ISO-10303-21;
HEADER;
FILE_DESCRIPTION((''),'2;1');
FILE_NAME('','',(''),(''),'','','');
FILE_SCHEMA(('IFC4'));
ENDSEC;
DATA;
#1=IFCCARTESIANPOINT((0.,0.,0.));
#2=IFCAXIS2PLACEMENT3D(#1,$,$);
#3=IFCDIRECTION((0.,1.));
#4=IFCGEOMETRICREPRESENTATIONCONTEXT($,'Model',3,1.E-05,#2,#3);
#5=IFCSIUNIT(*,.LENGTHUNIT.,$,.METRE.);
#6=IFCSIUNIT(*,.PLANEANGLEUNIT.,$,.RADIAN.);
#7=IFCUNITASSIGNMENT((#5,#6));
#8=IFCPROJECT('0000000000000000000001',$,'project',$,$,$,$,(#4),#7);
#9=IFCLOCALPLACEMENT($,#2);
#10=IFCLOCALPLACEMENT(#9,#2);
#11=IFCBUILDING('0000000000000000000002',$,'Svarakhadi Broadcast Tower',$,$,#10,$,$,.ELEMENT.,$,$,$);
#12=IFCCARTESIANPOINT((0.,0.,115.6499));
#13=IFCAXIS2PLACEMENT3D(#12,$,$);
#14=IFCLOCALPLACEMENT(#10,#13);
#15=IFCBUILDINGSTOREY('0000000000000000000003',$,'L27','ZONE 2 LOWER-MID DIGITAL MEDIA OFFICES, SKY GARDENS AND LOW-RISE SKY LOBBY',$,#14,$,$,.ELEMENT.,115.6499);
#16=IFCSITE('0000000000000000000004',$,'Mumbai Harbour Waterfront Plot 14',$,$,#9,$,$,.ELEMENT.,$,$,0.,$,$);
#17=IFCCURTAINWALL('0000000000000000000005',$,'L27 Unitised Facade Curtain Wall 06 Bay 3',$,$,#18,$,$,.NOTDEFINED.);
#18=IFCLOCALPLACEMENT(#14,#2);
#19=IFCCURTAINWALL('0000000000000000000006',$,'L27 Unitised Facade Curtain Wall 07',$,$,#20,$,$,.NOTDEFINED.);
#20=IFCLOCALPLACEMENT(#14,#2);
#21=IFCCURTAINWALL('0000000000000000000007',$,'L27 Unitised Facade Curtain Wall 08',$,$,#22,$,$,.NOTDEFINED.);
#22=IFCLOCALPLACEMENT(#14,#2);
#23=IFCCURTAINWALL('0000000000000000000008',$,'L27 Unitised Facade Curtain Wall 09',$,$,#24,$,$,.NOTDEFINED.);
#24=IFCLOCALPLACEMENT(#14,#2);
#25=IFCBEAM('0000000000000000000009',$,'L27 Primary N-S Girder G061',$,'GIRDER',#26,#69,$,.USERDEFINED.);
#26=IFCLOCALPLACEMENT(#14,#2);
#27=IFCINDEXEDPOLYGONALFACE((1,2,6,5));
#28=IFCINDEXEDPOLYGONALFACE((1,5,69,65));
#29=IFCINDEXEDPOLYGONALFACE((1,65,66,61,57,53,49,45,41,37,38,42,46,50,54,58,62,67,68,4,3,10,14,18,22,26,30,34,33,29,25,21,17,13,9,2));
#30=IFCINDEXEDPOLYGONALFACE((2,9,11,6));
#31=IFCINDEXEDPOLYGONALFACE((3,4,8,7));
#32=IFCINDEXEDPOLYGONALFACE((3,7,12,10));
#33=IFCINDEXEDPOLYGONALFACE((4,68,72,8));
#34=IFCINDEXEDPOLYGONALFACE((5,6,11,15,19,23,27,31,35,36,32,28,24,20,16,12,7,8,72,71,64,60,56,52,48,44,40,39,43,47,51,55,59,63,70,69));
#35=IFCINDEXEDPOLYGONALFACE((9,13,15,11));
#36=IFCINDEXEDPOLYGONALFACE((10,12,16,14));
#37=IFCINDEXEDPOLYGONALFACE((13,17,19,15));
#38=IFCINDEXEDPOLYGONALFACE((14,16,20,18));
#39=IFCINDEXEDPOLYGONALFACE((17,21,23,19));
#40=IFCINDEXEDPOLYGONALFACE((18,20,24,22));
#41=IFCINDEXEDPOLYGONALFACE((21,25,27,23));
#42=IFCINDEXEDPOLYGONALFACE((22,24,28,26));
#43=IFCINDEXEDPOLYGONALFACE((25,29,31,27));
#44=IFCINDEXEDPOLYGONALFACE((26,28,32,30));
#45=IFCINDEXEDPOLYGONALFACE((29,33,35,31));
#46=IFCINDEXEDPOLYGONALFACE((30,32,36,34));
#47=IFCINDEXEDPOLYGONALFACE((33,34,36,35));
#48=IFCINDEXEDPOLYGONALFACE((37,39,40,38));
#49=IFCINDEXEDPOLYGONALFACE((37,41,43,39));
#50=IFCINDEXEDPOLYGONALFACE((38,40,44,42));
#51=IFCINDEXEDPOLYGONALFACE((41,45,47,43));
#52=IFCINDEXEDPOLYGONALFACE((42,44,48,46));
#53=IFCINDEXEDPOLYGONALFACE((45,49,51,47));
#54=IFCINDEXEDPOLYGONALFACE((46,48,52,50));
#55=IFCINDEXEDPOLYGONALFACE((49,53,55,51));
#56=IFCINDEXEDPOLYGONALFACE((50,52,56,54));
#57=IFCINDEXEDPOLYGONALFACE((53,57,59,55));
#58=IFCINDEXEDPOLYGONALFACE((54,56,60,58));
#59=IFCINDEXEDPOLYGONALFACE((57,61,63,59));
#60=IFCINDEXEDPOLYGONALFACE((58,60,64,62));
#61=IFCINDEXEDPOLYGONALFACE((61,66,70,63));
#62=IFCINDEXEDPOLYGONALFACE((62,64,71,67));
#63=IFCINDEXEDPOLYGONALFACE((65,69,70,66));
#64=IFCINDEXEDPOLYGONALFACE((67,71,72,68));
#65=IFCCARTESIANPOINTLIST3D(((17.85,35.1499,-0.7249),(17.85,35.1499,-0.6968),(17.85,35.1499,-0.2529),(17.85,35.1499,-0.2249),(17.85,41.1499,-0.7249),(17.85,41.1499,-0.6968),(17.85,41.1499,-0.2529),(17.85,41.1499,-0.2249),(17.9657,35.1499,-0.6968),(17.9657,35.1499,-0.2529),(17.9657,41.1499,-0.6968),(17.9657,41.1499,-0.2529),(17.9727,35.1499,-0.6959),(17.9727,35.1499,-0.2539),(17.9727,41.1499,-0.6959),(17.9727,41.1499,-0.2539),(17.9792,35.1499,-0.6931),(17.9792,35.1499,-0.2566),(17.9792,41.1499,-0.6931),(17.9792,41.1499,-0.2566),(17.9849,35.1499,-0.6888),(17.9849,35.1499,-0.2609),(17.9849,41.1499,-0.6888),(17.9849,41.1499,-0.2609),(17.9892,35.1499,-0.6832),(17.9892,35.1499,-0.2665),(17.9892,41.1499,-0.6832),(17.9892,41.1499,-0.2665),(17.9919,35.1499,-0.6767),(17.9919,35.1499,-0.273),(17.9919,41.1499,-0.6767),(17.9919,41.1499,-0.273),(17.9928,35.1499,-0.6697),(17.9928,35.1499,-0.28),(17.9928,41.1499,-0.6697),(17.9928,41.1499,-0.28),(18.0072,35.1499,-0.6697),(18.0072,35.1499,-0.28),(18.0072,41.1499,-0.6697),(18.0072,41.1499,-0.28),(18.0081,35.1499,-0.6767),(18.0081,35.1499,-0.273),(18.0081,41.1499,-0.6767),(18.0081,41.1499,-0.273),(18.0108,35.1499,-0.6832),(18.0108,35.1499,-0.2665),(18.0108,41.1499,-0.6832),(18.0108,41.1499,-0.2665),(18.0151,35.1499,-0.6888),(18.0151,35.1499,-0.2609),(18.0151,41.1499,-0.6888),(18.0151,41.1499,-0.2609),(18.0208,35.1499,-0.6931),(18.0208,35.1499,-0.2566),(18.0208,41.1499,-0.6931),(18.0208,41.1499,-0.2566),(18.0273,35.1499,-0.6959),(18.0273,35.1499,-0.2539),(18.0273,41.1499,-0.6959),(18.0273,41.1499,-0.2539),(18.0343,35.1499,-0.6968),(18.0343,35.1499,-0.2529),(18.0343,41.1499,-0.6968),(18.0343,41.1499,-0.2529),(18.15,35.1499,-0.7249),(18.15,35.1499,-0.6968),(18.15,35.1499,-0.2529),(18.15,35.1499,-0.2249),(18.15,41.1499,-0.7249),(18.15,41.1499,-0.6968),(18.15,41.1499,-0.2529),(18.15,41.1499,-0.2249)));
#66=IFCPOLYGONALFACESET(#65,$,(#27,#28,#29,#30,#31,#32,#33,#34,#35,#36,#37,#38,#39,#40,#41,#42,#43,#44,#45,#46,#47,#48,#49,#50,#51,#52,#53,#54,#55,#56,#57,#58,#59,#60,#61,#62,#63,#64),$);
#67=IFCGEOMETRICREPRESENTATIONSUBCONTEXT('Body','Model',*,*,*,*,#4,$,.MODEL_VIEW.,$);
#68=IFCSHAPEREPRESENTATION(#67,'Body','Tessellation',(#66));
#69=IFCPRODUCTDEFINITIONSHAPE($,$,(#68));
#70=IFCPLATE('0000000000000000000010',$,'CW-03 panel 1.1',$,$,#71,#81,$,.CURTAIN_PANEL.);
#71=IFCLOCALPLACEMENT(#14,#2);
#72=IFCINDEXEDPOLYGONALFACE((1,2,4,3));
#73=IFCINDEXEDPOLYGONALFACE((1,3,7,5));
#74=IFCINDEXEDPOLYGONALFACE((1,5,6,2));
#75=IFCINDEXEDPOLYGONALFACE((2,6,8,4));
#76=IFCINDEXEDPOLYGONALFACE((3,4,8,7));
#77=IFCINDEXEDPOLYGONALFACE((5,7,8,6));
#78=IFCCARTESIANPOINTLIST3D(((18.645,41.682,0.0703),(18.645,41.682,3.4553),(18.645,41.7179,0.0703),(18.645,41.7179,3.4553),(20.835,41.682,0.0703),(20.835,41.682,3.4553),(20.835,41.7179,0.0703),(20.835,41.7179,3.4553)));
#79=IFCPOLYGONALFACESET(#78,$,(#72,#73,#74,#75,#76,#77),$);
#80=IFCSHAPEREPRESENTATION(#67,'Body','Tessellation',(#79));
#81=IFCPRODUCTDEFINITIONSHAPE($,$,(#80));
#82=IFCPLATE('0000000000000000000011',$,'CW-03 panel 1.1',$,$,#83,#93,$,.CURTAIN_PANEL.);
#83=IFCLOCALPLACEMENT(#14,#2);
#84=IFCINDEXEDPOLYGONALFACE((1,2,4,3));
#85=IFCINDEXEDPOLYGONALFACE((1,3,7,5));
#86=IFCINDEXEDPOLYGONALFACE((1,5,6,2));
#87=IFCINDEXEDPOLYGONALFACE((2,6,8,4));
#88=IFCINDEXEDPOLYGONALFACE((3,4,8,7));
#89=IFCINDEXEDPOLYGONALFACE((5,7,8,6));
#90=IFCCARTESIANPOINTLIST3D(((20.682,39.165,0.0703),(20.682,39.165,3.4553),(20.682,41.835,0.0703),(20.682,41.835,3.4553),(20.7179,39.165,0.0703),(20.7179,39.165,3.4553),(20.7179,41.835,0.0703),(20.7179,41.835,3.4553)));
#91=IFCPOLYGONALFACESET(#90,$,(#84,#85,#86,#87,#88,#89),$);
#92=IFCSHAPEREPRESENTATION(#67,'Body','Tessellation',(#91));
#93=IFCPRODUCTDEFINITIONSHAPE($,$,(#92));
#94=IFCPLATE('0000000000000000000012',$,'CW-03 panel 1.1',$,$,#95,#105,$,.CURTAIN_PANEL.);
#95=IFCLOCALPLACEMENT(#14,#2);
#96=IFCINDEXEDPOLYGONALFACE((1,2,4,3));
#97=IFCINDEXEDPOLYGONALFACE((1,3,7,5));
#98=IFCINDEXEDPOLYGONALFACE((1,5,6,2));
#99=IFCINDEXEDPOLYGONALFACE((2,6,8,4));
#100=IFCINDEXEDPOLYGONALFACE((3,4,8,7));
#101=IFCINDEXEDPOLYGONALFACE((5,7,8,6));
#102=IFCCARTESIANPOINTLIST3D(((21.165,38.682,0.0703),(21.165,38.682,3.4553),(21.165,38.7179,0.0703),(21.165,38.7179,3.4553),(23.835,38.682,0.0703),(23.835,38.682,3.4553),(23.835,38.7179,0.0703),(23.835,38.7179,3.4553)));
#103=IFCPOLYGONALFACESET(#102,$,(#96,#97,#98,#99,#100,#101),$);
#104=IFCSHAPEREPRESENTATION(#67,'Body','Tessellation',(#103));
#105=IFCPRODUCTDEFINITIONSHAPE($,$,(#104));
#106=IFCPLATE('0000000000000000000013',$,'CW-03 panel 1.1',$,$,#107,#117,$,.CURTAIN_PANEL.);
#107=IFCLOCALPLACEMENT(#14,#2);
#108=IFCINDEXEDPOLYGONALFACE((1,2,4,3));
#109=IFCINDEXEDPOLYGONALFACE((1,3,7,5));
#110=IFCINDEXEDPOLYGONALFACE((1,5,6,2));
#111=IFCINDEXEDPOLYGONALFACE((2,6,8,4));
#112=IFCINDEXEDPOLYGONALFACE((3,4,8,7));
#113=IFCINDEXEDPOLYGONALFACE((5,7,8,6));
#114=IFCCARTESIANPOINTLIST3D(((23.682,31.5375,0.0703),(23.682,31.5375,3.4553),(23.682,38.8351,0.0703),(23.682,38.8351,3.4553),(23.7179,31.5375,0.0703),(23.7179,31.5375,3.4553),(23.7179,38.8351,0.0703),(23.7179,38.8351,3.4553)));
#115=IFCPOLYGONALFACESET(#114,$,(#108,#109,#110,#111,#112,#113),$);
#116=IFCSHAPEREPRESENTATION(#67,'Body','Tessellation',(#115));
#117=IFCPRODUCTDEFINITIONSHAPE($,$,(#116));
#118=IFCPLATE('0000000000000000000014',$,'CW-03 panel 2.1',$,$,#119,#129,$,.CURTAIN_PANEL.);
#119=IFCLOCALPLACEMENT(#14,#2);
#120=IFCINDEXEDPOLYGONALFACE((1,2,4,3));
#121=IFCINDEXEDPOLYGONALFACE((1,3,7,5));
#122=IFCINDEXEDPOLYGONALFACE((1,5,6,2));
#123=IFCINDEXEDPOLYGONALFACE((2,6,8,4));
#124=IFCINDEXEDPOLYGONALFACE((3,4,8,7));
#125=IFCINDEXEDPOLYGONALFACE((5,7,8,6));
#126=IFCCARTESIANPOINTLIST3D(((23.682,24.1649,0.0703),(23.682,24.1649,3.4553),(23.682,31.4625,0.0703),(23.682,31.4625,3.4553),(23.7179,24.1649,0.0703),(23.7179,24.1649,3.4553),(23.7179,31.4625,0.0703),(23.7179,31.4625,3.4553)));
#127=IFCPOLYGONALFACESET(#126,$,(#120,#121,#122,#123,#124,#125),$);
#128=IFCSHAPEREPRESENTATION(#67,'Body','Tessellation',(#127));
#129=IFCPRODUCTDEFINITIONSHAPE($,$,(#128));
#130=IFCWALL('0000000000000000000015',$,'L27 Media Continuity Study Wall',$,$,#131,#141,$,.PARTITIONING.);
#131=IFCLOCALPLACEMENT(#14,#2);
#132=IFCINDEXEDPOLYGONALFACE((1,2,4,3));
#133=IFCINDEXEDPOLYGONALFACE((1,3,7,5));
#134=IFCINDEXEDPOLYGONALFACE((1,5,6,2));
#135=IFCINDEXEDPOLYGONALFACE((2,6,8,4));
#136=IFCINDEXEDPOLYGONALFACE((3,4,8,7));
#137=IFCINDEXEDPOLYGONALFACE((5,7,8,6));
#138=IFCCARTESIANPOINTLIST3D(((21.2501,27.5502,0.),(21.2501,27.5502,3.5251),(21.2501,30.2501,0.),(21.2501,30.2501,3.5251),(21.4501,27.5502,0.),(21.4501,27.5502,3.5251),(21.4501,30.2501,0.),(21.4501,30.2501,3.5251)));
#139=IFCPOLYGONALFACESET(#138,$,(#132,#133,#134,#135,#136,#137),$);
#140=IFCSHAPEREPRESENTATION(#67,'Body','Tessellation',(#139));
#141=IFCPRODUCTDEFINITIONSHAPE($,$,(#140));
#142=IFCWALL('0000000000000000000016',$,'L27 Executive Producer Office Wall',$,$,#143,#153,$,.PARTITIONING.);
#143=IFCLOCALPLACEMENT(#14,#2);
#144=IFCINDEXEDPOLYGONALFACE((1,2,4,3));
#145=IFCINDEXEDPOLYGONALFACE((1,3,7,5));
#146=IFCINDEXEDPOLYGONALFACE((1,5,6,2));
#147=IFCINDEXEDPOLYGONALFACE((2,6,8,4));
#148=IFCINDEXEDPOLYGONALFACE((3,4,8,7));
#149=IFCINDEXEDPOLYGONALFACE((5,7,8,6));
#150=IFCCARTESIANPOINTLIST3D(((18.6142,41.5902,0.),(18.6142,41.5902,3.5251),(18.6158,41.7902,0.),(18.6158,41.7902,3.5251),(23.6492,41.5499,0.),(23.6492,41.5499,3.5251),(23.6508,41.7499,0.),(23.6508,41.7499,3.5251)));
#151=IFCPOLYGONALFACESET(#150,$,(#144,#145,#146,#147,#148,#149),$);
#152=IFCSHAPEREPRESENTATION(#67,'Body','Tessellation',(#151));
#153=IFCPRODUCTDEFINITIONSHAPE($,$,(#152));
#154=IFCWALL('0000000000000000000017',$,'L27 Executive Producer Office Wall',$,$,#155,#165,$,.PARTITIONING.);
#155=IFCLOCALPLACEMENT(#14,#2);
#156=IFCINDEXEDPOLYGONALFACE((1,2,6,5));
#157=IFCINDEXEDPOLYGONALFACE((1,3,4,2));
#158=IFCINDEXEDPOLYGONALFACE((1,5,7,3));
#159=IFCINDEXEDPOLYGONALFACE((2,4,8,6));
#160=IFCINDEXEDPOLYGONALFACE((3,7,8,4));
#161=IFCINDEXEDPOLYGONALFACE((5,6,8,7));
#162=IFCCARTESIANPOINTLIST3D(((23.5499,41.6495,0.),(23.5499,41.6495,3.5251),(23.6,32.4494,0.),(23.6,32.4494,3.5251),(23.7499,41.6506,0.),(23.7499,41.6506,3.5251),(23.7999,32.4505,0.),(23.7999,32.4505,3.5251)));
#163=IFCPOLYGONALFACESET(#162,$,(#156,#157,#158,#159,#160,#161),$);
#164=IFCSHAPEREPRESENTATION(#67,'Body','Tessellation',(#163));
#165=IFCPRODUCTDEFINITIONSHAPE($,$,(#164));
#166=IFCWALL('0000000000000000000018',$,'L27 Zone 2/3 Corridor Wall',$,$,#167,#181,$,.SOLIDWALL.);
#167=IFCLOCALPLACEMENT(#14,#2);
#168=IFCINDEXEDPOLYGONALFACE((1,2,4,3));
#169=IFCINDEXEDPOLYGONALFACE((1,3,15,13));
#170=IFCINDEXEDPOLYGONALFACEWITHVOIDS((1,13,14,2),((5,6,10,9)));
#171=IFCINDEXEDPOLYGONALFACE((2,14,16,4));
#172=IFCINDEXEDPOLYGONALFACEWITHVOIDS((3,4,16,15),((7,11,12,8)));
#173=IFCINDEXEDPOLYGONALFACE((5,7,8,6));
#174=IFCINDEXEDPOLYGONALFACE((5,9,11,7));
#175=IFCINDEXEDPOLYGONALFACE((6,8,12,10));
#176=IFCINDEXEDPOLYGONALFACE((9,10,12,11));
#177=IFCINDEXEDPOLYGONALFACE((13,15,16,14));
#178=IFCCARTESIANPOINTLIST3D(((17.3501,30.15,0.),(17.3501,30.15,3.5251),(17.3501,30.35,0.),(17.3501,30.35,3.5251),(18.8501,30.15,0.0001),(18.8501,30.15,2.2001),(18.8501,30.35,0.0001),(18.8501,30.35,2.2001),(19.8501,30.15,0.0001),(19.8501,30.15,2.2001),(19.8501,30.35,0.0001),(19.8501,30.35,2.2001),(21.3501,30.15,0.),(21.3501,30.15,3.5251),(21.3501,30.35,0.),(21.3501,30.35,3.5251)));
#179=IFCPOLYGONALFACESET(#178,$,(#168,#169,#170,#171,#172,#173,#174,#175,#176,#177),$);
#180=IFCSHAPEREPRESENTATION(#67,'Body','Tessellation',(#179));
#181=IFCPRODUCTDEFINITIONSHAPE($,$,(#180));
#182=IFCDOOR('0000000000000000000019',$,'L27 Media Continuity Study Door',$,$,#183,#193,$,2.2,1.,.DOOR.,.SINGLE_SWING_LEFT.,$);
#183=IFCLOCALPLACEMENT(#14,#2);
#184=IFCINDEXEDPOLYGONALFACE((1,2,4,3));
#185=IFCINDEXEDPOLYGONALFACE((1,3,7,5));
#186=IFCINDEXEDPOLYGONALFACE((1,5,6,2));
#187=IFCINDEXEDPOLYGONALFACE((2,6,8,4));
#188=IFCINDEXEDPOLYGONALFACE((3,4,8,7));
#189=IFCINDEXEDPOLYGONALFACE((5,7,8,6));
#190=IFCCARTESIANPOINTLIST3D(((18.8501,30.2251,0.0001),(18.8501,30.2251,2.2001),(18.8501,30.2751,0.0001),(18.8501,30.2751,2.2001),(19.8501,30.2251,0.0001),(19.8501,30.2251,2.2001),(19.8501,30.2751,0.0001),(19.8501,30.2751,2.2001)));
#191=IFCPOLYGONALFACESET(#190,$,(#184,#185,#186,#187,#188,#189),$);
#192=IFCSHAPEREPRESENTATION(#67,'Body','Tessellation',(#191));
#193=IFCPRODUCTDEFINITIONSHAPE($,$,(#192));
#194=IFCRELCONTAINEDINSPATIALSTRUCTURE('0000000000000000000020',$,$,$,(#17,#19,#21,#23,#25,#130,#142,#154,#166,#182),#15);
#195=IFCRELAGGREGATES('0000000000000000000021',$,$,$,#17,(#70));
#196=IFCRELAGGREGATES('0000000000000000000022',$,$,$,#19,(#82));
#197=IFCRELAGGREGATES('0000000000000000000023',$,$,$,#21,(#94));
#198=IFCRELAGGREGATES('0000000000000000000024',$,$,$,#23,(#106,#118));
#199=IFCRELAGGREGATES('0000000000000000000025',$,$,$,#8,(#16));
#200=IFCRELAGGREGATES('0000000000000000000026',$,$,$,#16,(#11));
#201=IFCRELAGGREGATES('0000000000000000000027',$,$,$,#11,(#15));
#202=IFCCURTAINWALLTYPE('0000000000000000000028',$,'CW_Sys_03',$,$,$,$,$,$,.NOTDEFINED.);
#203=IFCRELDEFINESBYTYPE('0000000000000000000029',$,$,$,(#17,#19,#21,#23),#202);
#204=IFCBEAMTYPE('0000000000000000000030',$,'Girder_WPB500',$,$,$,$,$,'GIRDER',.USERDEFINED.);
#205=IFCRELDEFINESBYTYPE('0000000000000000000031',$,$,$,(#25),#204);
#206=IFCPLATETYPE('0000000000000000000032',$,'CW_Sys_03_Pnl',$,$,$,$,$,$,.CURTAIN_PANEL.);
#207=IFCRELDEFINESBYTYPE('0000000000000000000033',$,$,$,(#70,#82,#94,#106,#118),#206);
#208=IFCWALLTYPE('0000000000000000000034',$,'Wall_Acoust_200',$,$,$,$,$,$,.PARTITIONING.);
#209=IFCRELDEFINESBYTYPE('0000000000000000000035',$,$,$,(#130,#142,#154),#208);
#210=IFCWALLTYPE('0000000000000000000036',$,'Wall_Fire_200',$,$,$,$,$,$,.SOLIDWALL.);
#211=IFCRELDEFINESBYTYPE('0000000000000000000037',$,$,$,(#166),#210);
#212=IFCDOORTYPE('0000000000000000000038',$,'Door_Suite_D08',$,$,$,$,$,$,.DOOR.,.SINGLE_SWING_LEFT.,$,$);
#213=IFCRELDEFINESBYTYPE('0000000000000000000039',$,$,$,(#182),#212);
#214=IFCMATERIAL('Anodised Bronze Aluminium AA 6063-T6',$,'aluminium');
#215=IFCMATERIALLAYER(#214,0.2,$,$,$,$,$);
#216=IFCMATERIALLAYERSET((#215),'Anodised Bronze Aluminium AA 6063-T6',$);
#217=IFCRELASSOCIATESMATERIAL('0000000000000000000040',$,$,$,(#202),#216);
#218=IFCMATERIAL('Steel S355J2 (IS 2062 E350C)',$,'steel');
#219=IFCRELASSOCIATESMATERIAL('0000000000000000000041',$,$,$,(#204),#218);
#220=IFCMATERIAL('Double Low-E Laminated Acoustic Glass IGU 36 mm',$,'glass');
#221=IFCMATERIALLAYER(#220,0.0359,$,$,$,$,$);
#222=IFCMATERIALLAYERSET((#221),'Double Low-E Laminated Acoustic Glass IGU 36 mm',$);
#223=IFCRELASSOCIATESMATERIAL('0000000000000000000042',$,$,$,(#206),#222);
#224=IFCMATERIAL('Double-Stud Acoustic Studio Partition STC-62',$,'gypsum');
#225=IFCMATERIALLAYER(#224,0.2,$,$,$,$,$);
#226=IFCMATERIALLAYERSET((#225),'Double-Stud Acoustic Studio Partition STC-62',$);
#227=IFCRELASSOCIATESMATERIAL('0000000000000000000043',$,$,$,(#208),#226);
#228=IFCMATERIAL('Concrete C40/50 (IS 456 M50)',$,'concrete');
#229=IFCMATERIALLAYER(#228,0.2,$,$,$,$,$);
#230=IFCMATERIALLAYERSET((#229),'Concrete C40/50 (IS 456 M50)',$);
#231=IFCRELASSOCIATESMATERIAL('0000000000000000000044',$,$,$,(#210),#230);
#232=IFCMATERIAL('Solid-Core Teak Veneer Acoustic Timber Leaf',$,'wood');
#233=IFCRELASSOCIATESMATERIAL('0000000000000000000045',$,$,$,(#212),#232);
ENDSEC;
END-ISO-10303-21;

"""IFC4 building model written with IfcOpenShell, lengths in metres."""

from ifc_helpers import new_model, si_unit, direction, frame, frame_2d, origin, origin_2d, place, context, subcontext, project, spatial, rectangle, i_section, extrude, material, layer, layer_set, material_profile, profile_set, type_object, element, fill, aggregate, save


model = new_model("IFC4")

# Units and contexts
model_context = context("Model", 3, precision=1e-05, world=origin(), true_north=direction((0.0, 1.0)))
body_context = subcontext(model_context, "Body", "Model", "MODEL_VIEW")
ifc_project = project(units=[si_unit("LENGTHUNIT", "METRE"), si_unit("PLANEANGLEUNIT", "RADIAN")], contexts=[model_context])

# Site, building, storey
site_placement = place(None, origin())
site = spatial("IfcSite", under=ifc_project, at=site_placement, Name="Mumbai Harbour Waterfront Plot 14", CompositionType="ELEMENT", RefElevation=0.0)
building_placement = place(site_placement, origin())
building = spatial("IfcBuilding", under=site, at=building_placement, Name="Svarakhadi Broadcast Tower", CompositionType="ELEMENT")
storey_placement = place(building_placement, frame((0.0, 0.0, 115.6499)))
storey = spatial("IfcBuildingStorey", under=building, at=storey_placement, Name="L27", Description="ZONE 2 LOWER-MID DIGITAL MEDIA OFFICES, SKY GARDENS AND LOW-RISE SKY LOBBY", CompositionType="ELEMENT", Elevation=115.6499)

# Curtain walls
ifc_material_1 = material(Name="Anodised Bronze Aluminium AA 6063-T6", Category="aluminium")
ifc_layer_1 = layer(ifc_material_1, 0.2)
ifc_layer_set_1 = layer_set([ifc_layer_1], Name="Anodised Bronze Aluminium AA 6063-T6")
curtain_wall_type = type_object("IfcCurtainWallType", Name="CW_Sys_03", PredefinedType="NOTDEFINED", material=ifc_layer_set_1)
curtain_wall_1_placement = place(storey_placement, origin())
curtain_wall_1 = element("IfcCurtainWall", 1, at=curtain_wall_1_placement, inside=storey, type_object=curtain_wall_type, Name="L27 Unitised Facade Curtain Wall 06 Bay 3", PredefinedType="NOTDEFINED")
curtain_wall_2_placement = place(storey_placement, origin())
curtain_wall_2 = element("IfcCurtainWall", 2, at=curtain_wall_2_placement, inside=storey, type_object=curtain_wall_type, Name="L27 Unitised Facade Curtain Wall 07", PredefinedType="NOTDEFINED")
curtain_wall_3_placement = place(storey_placement, origin())
curtain_wall_3 = element("IfcCurtainWall", 3, at=curtain_wall_3_placement, inside=storey, type_object=curtain_wall_type, Name="L27 Unitised Facade Curtain Wall 08", PredefinedType="NOTDEFINED")
curtain_wall_4_placement = place(storey_placement, origin())
curtain_wall_4 = element("IfcCurtainWall", 4, at=curtain_wall_4_placement, inside=storey, type_object=curtain_wall_type, Name="L27 Unitised Facade Curtain Wall 09", PredefinedType="NOTDEFINED")

# Beam
ifc_material_2 = material(Name="Steel S355J2 (IS 2062 E350C)", Category="steel")
ifc_material_profile_1 = material_profile(ifc_material_2, i_section(OverallWidth=0.3, OverallDepth=0.5, WebThickness=0.0144, FlangeThickness=0.0281, FilletRadius=0.0271, at=origin_2d()), Name="WPB 500x300x187")
ifc_profile_set_1 = profile_set([ifc_material_profile_1], Name="Steel S355J2 (IS 2062 E350C)")
beam_type = type_object("IfcBeamType", Name="Girder_WPB500", ElementType="GIRDER", PredefinedType="USERDEFINED", material=ifc_profile_set_1)
for number, where, z_axis, x_axis, name in (
    (5, (18.0, 35.1499, -0.4749), (0.0, 1.0, 0.0), (-1.0, 0.0, 0.0), "L27 Primary N-S Girder G061"),
):
    element("IfcBeam", number, at=place(storey_placement, frame(where, z_axis=z_axis, x_axis=x_axis)), inside=storey, type_object=beam_type, Name=name, ObjectType="GIRDER", PredefinedType="USERDEFINED", context=body_context, shape_type="SweptSolid", body=[
        extrude(i_section(OverallWidth=0.3, OverallDepth=0.5, WebThickness=0.0144, FlangeThickness=0.0281, FilletRadius=0.0271, at=origin_2d()), origin(), (0.0, 0.0, 1.0), 6.0),
    ])

# Plates
ifc_material_3 = material(Name="Double Low-E Laminated Acoustic Glass IGU 36 mm", Category="glass")
ifc_layer_2 = layer(ifc_material_3, 0.0359)
ifc_layer_set_2 = layer_set([ifc_layer_2], Name="Double Low-E Laminated Acoustic Glass IGU 36 mm")
plate_type = type_object("IfcPlateType", Name="CW_Sys_03_Pnl", PredefinedType="CURTAIN_PANEL", material=ifc_layer_set_2)
plate_1_placement = place(storey_placement, frame((19.74, 41.7, 0.0703), z_axis=(0.0, 0.0, 1.0), x_axis=(1.0, 0.0, 0.0)))
plate_1 = element("IfcPlate", 6, at=plate_1_placement, type_object=plate_type, Name="CW-03 panel 1.1", PredefinedType="CURTAIN_PANEL", context=body_context, shape_type="SweptSolid", body=[
    extrude(rectangle(XDim=2.1899, YDim=0.0359, at=origin_2d()), origin(), (0.0, 0.0, 1.0), 3.385),
])
aggregate(curtain_wall_1, [plate_1])
plate_2_placement = place(storey_placement, frame((20.7, 40.5, 0.0703), z_axis=(0.0, 0.0, 1.0), x_axis=(0.0, -1.0, 0.0)))
plate_2 = element("IfcPlate", 7, at=plate_2_placement, type_object=plate_type, Name="CW-03 panel 1.1", PredefinedType="CURTAIN_PANEL", context=body_context, shape_type="SweptSolid", body=[
    extrude(rectangle(XDim=2.6699, YDim=0.0359, at=origin_2d()), origin(), (0.0, 0.0, 1.0), 3.385),
])
aggregate(curtain_wall_2, [plate_2])
plate_3_placement = place(storey_placement, frame((22.5, 38.7, 0.0703), z_axis=(0.0, 0.0, 1.0), x_axis=(1.0, 0.0, 0.0)))
plate_3 = element("IfcPlate", 8, at=plate_3_placement, type_object=plate_type, Name="CW-03 panel 1.1", PredefinedType="CURTAIN_PANEL", context=body_context, shape_type="SweptSolid", body=[
    extrude(rectangle(XDim=2.6699, YDim=0.0359, at=origin_2d()), origin(), (0.0, 0.0, 1.0), 3.385),
])
aggregate(curtain_wall_3, [plate_3])
plate_4_placement = place(storey_placement, frame((23.7, 35.1863, 0.0703), z_axis=(0.0, 0.0, 1.0), x_axis=(0.0, -1.0, 0.0)))
plate_4 = element("IfcPlate", 9, at=plate_4_placement, type_object=plate_type, Name="CW-03 panel 1.1", PredefinedType="CURTAIN_PANEL", context=body_context, shape_type="SweptSolid", body=[
    extrude(rectangle(XDim=7.2976, YDim=0.0359, at=origin_2d()), origin(), (0.0, 0.0, 1.0), 3.385),
])
plate_5_placement = place(storey_placement, frame((23.7, 27.8137, 0.0703), z_axis=(0.0, 0.0, 1.0), x_axis=(0.0, -1.0, 0.0)))
plate_5 = element("IfcPlate", 10, at=plate_5_placement, type_object=plate_type, Name="CW-03 panel 2.1", PredefinedType="CURTAIN_PANEL", context=body_context, shape_type="SweptSolid", body=[
    extrude(rectangle(XDim=7.2976, YDim=0.0359, at=origin_2d()), origin(), (0.0, 0.0, 1.0), 3.385),
])
aggregate(curtain_wall_4, [plate_4, plate_5])

# Walls
ifc_material_4 = material(Name="Double-Stud Acoustic Studio Partition STC-62", Category="gypsum")
ifc_layer_3 = layer(ifc_material_4, 0.2)
ifc_layer_set_3 = layer_set([ifc_layer_3], Name="Double-Stud Acoustic Studio Partition STC-62")
wall_type_1 = type_object("IfcWallType", Name="Wall_Acoust_200", PredefinedType="PARTITIONING", material=ifc_layer_set_3)
wall_1_placement = place(storey_placement, frame((21.3501, 27.55, 0.0), z_axis=(0.0, 0.0, 1.0), x_axis=(0.0, 1.0, 0.0)))
element("IfcWall", 11, at=wall_1_placement, inside=storey, type_object=wall_type_1, Name="L27 Media Continuity Study Wall", PredefinedType="PARTITIONING", context=body_context, shape_type="SweptSolid", body=[
    extrude(rectangle(XDim=2.7, YDim=0.2, at=frame_2d((1.3501, 0.0))), origin(), (0.0, 0.0, 1.0), 3.5251),
])
wall_2_placement = place(storey_placement, frame((18.615, 41.6902, 0.0), z_axis=(0.0, 0.0, 1.0), x_axis=(0.999968, -0.008001, 0.0)))
element("IfcWall", 12, at=wall_2_placement, inside=storey, type_object=wall_type_1, Name="L27 Executive Producer Office Wall", PredefinedType="PARTITIONING", context=body_context, shape_type="SweptSolid", body=[
    extrude(rectangle(XDim=5.0352, YDim=0.2, at=frame_2d((2.5176, 0.0))), origin(), (0.0, 0.0, 1.0), 3.5251),
])
wall_3_placement = place(storey_placement, frame((23.7, 32.45, 0.0), z_axis=(0.0, 0.0, 1.0), x_axis=(-0.00544, 0.999985, 0.0)))
element("IfcWall", 13, at=wall_3_placement, inside=storey, type_object=wall_type_1, Name="L27 Executive Producer Office Wall", PredefinedType="PARTITIONING", context=body_context, shape_type="SweptSolid", body=[
    extrude(rectangle(XDim=9.2002, YDim=0.2, at=frame_2d((4.6001, 0.0))), origin(), (0.0, 0.0, 1.0), 3.5251),
])

# Wall, opening, door
ifc_material_5 = material(Name="Concrete C40/50 (IS 456 M50)", Category="concrete")
ifc_layer_4 = layer(ifc_material_5, 0.2)
ifc_layer_set_4 = layer_set([ifc_layer_4], Name="Concrete C40/50 (IS 456 M50)")
wall_type_2 = type_object("IfcWallType", Name="Wall_Fire_200", PredefinedType="SOLIDWALL", material=ifc_layer_set_4)
wall_4_placement = place(storey_placement, frame((21.3501, 30.25, 0.0), z_axis=(0.0, 0.0, 1.0), x_axis=(-1.0, 0.0, 0.0)))
wall_4 = element("IfcWall", 14, at=wall_4_placement, inside=storey, type_object=wall_type_2, Name="L27 Zone 2/3 Corridor Wall", PredefinedType="SOLIDWALL", context=body_context, shape_type="SweptSolid", body=[
    extrude(rectangle(XDim=4.0, YDim=0.2, at=frame_2d((2.0, 0.0))), origin(), (0.0, 0.0, 1.0), 3.5251),
])
opening_placement = place(wall_4_placement, frame((1.5, 0.0, 0.0)))
opening = element("IfcOpeningElement", 15, at=opening_placement, cuts=wall_4, PredefinedType="OPENING", context=body_context, shape_type="SweptSolid", body=[
    extrude(rectangle(XDim=1.0, YDim=2.2, at=frame_2d((0.5, 1.1001))), frame((0.0, 0.1099, 0.0), z_axis=(0.0, -1.0, 0.0), x_axis=(1.0, 0.0, 0.0)), (0.0, 0.0, 1.0), 0.22),
])
ifc_material_6 = material(Name="Solid-Core Teak Veneer Acoustic Timber Leaf", Category="wood")
door_type = type_object("IfcDoorType", Name="Door_Suite_D08", OperationType="SINGLE_SWING_LEFT", PredefinedType="DOOR", material=ifc_material_6)
door_placement = place(opening_placement, origin())
door = element("IfcDoor", 16, at=door_placement, inside=storey, type_object=door_type, Name="L27 Media Continuity Study Door", OperationType="SINGLE_SWING_LEFT", OverallHeight=2.2, OverallWidth=1.0, PredefinedType="DOOR", context=body_context, shape_type="SweptSolid", body=[
    extrude(rectangle(XDim=1.0, YDim=2.2, at=frame_2d((0.5, 1.1001))), frame((0.0, 0.0249, 0.0), z_axis=(0.0, -1.0, 0.0), x_axis=(1.0, 0.0, 0.0)), (0.0, 0.0, 1.0), 0.05),
])
fill(opening, door)

save(model, "model.ifc")
